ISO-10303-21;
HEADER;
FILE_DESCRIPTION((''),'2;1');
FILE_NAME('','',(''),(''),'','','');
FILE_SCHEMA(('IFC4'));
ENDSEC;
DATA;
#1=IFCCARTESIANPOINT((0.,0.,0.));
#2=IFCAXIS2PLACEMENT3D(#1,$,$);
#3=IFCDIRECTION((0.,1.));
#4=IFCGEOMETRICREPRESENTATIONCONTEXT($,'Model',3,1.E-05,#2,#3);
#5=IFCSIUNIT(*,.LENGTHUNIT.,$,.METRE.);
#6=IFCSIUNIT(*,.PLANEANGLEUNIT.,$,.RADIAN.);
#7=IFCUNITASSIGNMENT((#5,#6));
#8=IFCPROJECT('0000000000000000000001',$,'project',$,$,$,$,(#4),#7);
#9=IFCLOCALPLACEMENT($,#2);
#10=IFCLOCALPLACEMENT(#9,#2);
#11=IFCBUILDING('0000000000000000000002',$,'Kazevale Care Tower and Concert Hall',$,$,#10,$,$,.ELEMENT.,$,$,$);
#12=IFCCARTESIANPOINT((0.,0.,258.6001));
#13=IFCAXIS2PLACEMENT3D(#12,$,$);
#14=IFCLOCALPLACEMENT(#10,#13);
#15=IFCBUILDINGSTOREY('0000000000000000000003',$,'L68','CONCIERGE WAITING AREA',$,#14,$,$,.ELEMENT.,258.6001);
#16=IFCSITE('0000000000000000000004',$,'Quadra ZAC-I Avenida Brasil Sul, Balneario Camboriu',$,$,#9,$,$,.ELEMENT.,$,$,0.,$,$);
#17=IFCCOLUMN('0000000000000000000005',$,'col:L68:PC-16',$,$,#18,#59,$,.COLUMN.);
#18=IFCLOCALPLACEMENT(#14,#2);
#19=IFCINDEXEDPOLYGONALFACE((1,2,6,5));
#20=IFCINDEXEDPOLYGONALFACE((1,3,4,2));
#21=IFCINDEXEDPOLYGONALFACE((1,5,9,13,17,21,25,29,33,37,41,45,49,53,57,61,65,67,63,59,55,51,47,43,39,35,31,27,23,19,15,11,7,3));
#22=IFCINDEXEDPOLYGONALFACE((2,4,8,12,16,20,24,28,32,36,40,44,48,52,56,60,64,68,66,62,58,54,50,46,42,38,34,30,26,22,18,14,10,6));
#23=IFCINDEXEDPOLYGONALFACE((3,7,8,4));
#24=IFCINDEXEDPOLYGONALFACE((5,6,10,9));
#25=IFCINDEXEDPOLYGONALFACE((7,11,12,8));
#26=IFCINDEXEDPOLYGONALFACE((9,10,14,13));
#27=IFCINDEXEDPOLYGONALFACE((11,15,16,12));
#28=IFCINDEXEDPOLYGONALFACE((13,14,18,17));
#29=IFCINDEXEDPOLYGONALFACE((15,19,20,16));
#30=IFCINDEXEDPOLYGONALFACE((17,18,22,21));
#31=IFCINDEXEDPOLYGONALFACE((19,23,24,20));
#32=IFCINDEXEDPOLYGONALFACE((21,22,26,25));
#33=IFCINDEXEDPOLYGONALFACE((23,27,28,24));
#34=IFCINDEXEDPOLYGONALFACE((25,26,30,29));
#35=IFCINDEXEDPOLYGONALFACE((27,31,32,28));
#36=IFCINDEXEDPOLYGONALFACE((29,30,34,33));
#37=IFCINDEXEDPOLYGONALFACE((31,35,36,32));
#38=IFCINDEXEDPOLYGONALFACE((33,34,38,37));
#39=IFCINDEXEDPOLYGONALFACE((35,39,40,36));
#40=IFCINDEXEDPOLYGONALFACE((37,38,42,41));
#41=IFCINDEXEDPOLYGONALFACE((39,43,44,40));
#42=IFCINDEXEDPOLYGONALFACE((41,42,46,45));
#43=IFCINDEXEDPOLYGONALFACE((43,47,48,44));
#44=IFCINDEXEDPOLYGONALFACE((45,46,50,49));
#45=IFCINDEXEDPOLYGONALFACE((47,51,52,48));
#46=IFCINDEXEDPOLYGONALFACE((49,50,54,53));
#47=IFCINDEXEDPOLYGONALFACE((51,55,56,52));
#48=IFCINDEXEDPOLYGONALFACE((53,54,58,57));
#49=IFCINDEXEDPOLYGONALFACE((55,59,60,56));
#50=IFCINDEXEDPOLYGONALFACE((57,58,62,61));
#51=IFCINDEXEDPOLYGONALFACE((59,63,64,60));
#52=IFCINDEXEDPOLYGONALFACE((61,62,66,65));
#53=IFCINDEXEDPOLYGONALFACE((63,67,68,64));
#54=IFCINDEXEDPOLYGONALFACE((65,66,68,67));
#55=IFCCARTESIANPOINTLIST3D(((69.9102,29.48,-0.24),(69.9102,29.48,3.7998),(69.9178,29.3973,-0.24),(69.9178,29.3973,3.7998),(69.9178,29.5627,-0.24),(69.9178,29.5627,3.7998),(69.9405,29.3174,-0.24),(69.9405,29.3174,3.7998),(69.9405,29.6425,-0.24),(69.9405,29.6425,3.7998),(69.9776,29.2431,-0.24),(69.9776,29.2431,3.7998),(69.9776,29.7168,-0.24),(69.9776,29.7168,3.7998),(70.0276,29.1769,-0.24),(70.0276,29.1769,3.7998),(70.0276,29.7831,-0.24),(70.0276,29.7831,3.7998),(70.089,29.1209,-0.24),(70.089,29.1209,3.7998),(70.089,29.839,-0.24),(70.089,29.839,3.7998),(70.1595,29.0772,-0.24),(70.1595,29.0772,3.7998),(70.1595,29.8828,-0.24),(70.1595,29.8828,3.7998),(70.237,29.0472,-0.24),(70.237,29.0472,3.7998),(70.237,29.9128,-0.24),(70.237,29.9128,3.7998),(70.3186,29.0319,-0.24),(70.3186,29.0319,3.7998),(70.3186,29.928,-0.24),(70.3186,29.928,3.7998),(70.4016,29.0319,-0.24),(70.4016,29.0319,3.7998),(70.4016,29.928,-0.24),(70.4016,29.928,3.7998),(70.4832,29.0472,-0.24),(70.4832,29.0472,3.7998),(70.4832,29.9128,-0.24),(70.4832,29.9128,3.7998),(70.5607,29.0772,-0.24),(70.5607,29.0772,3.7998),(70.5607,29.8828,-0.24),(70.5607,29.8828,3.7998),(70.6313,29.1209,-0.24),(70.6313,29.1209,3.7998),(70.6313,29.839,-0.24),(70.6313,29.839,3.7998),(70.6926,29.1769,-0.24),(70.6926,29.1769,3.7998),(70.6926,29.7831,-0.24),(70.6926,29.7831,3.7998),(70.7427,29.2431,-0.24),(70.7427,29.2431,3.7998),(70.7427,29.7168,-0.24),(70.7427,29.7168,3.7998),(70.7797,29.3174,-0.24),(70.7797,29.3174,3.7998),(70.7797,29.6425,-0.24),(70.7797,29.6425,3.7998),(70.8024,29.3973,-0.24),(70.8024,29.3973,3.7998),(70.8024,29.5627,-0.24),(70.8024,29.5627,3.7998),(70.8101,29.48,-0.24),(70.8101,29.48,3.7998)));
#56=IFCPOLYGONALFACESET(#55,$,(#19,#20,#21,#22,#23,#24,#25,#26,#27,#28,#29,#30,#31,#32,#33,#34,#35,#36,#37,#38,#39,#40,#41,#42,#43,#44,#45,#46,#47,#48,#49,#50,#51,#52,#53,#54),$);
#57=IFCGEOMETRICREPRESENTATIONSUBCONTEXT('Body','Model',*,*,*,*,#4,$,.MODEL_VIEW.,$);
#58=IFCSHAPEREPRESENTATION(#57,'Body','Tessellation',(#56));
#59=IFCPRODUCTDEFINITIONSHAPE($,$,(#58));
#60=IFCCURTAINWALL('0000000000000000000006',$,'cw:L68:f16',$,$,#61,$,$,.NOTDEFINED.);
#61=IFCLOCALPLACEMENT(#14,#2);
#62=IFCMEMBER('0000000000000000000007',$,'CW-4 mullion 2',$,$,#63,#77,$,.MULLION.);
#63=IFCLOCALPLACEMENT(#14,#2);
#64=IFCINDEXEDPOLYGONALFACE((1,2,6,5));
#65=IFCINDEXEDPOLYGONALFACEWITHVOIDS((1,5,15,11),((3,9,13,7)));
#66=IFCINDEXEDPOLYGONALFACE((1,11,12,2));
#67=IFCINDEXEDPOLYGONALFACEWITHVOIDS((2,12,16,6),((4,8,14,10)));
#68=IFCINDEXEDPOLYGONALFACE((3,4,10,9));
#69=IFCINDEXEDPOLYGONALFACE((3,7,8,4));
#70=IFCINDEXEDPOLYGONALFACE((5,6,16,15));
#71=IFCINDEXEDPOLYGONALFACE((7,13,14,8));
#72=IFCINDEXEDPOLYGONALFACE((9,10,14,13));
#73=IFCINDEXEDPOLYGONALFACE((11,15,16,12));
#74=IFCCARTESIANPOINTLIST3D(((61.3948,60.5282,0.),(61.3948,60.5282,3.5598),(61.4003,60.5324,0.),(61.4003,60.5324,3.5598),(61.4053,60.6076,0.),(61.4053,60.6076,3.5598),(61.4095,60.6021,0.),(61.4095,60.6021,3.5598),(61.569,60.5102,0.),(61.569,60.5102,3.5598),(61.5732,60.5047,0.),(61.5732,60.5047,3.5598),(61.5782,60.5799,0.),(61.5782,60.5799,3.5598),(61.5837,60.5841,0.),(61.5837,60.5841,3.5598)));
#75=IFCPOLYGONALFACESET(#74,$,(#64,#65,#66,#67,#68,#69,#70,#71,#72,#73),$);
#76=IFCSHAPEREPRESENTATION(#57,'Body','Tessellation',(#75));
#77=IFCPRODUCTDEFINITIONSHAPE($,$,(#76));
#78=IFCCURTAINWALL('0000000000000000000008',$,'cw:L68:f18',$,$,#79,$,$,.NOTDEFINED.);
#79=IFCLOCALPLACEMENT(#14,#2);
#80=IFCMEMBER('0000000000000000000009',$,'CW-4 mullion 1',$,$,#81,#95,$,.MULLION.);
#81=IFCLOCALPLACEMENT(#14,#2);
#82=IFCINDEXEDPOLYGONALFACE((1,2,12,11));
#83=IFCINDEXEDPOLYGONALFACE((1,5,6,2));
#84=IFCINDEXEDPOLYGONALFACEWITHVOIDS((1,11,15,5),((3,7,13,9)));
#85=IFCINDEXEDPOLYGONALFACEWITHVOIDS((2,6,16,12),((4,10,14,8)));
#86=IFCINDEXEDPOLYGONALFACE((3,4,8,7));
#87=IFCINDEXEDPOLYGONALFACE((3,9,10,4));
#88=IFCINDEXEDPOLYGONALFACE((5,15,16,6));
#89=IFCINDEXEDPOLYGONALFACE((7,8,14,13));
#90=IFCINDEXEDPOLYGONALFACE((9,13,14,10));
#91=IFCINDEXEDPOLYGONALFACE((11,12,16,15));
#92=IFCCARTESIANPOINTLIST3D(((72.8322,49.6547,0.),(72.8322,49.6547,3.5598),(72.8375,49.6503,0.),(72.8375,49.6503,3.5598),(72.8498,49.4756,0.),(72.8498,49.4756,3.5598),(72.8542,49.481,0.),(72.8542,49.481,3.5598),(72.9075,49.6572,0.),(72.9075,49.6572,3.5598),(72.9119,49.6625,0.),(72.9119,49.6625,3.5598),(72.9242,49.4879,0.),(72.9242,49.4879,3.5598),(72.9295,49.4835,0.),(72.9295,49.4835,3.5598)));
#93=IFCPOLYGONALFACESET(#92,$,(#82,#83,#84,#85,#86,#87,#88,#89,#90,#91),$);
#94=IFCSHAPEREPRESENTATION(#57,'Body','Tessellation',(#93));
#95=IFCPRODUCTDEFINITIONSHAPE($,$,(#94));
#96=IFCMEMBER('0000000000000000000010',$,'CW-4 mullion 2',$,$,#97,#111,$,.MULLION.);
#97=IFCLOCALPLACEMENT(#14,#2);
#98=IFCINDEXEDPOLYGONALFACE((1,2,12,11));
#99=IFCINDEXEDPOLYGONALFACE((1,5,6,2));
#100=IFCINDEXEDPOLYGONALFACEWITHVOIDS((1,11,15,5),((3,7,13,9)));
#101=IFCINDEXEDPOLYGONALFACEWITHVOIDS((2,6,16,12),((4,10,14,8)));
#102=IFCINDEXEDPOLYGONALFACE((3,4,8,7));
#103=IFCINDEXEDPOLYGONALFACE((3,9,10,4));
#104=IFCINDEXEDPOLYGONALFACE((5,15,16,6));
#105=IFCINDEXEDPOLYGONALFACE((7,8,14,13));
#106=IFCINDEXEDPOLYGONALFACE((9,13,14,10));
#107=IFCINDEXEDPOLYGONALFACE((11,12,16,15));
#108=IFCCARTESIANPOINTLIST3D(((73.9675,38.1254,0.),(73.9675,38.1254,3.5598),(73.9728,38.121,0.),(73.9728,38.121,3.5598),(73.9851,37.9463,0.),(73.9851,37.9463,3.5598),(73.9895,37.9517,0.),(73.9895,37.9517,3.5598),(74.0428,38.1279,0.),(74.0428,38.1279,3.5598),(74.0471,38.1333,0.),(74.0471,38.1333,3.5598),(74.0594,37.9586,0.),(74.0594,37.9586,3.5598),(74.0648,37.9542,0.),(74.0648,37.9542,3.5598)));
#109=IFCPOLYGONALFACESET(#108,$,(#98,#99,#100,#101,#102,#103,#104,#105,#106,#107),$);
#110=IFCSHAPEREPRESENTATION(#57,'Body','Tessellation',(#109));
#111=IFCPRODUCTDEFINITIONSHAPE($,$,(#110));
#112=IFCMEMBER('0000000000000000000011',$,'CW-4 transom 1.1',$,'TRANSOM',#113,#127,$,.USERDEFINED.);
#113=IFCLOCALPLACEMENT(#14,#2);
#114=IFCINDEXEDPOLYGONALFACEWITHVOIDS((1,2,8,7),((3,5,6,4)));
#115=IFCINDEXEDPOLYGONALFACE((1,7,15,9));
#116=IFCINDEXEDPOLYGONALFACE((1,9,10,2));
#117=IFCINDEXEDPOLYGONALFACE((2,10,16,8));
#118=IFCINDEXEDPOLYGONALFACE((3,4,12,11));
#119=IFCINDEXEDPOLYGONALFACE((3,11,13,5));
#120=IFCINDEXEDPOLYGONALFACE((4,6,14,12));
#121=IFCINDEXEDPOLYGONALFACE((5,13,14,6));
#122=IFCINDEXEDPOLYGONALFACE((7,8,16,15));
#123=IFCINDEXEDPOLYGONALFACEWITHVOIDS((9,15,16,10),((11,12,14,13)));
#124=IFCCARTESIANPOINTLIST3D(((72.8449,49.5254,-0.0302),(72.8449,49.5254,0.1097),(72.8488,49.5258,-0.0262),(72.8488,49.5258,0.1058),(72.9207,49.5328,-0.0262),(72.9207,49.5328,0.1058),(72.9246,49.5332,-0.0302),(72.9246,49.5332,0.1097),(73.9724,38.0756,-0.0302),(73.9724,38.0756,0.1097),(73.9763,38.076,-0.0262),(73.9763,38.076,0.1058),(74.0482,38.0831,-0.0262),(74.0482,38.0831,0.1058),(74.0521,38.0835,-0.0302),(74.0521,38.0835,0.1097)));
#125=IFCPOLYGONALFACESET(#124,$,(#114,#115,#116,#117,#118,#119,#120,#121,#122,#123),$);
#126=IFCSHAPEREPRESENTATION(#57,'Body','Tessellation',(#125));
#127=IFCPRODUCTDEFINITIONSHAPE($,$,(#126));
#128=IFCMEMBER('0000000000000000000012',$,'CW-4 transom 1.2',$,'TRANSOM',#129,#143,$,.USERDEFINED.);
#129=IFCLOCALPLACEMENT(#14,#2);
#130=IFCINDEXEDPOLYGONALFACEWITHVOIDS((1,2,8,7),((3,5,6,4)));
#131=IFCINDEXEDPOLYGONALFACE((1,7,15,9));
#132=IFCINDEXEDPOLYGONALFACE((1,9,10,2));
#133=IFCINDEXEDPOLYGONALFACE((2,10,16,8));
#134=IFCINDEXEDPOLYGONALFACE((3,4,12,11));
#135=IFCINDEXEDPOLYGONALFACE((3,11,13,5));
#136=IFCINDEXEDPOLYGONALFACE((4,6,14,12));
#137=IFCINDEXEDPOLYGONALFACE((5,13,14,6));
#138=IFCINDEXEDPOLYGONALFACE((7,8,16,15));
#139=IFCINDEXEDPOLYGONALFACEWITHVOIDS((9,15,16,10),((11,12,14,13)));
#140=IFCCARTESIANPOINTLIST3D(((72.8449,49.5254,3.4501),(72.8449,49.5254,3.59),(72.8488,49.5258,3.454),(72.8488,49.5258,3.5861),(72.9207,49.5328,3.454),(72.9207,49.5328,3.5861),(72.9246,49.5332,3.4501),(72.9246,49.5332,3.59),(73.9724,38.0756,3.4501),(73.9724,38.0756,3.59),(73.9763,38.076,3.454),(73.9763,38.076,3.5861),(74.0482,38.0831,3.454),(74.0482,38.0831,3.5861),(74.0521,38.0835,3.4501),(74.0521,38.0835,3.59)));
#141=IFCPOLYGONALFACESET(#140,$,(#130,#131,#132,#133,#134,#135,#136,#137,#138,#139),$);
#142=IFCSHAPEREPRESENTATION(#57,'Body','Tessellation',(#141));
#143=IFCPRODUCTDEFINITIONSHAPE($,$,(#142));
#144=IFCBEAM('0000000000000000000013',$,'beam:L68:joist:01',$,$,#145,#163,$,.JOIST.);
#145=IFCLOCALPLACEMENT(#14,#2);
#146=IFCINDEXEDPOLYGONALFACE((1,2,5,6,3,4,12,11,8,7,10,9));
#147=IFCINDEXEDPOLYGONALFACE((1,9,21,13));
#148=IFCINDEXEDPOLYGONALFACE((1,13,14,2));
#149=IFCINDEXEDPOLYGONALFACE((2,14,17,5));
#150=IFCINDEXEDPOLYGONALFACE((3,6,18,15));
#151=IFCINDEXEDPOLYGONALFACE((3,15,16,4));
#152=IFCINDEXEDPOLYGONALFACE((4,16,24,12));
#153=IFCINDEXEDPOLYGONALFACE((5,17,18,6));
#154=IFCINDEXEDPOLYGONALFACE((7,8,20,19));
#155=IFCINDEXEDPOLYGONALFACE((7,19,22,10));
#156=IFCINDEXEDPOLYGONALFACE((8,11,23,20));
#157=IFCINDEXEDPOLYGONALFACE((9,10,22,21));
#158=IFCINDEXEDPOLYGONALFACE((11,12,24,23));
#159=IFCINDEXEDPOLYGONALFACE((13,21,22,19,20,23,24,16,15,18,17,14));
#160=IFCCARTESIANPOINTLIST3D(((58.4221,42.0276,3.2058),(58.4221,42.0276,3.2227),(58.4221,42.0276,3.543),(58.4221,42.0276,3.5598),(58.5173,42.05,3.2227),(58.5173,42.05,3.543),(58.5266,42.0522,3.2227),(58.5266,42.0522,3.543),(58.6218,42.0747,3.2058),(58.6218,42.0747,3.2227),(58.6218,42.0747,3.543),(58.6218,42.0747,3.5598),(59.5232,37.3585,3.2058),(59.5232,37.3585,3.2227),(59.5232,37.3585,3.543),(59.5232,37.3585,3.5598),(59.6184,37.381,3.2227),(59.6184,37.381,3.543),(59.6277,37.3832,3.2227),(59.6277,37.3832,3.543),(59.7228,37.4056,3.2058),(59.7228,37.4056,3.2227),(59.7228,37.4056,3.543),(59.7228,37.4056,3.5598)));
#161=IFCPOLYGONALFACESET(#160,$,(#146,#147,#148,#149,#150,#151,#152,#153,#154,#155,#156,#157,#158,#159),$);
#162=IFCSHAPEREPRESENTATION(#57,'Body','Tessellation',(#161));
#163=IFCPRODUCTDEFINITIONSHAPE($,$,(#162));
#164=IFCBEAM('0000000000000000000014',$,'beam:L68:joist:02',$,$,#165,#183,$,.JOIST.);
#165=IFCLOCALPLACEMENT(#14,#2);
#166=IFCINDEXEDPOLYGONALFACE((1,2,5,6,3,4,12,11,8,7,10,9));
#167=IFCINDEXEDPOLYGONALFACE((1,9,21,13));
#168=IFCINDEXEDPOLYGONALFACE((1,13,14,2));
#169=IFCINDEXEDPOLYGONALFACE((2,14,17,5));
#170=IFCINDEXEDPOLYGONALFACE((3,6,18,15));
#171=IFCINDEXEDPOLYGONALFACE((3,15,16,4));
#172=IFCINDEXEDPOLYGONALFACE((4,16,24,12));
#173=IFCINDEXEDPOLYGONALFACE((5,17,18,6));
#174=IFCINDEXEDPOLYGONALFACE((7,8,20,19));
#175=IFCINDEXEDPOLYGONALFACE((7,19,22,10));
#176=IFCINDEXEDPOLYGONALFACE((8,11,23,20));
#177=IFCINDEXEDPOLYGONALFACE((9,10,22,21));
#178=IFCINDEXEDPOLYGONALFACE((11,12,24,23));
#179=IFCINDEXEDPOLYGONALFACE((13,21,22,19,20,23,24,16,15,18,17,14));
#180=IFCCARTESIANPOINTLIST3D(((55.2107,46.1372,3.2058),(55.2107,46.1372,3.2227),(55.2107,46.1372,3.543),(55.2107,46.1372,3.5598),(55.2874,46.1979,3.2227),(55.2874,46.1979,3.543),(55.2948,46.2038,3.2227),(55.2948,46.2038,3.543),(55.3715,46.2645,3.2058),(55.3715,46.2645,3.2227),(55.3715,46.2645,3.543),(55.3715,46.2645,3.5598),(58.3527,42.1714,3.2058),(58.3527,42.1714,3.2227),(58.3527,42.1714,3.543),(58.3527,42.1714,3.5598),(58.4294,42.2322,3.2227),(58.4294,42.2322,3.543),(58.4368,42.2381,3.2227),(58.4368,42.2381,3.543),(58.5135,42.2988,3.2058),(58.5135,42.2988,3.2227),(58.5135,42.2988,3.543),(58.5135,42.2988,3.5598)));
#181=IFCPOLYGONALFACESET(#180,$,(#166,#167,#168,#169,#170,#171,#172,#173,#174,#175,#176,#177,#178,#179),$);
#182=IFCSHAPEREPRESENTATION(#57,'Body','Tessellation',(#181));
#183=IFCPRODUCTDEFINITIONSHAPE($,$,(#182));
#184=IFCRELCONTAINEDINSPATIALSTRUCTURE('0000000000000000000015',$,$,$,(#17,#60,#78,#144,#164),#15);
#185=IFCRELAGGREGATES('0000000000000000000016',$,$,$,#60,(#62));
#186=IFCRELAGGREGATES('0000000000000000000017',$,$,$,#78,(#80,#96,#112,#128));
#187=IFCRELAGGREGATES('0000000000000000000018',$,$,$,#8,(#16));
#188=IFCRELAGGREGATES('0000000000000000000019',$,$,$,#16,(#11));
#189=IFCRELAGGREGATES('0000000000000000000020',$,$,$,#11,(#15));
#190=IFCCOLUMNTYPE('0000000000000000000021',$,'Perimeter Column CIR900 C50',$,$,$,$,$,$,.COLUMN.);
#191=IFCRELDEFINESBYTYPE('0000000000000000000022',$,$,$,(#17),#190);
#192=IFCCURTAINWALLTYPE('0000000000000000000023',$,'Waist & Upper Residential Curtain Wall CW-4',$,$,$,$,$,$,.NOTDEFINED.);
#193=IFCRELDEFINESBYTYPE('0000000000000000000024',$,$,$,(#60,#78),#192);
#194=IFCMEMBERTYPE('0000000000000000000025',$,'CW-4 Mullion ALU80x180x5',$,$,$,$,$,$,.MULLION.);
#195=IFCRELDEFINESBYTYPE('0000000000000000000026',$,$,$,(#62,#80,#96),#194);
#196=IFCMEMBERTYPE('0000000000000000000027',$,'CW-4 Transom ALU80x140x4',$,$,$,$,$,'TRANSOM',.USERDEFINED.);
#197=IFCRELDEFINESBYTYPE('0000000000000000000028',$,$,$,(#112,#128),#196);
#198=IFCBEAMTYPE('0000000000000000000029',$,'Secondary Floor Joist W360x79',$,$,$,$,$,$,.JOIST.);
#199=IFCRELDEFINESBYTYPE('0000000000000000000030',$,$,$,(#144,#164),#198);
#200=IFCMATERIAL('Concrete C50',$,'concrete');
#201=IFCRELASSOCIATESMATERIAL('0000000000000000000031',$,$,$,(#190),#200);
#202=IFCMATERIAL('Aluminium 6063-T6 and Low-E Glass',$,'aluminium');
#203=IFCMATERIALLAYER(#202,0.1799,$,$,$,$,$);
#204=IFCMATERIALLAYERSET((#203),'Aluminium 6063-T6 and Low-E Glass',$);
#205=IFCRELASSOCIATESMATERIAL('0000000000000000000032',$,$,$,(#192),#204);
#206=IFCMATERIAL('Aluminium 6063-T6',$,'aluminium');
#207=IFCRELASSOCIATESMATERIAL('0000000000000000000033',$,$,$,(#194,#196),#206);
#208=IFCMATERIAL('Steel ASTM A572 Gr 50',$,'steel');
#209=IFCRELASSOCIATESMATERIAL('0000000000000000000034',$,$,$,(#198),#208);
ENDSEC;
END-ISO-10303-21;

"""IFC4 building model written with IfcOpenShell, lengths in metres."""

from ifc_helpers import new_model, si_unit, direction, frame, origin, origin_2d, place, context, subcontext, project, spatial, hollow_rectangle, circle, i_section, extrude, material, layer, layer_set, material_profile, profile_set, type_object, element, aggregate, save


model = new_model("IFC4")

# Units and contexts
model_context = context("Model", 3, precision=1e-05, world=origin(), true_north=direction((0.0, 1.0)))
body_context = subcontext(model_context, "Body", "Model", "MODEL_VIEW")
ifc_project = project(units=[si_unit("LENGTHUNIT", "METRE"), si_unit("PLANEANGLEUNIT", "RADIAN")], contexts=[model_context])

# Site, building, storey
site_placement = place(None, origin())
site = spatial("IfcSite", under=ifc_project, at=site_placement, Name="Quadra ZAC-I Avenida Brasil Sul, Balneario Camboriu", CompositionType="ELEMENT", RefElevation=0.0)
building_placement = place(site_placement, origin())
building = spatial("IfcBuilding", under=site, at=building_placement, Name="Kazevale Care Tower and Concert Hall", CompositionType="ELEMENT")
storey_placement = place(building_placement, frame((0.0, 0.0, 258.6001)))
storey = spatial("IfcBuildingStorey", under=building, at=storey_placement, Name="L68", Description="CONCIERGE WAITING AREA", CompositionType="ELEMENT", Elevation=258.6001)

# Column
ifc_material_1 = material(Name="Concrete C50", Category="concrete")
ifc_material_profile_1 = material_profile(ifc_material_1, circle(Radius=0.45, at=origin_2d()), Name="RC-CIR900")
ifc_profile_set_1 = profile_set([ifc_material_profile_1], Name="Concrete C50")
column_type = type_object("IfcColumnType", Name="Perimeter Column CIR900 C50", PredefinedType="COLUMN", material=ifc_profile_set_1)
for number, where, z_axis, x_axis, name in (
    (1, (70.3601, 29.48, -0.24), (0.0, 0.0, 1.0), (1.0, 0.0, 0.0), "col:L68:PC-16"),
):
    element("IfcColumn", number, at=place(storey_placement, frame(where, z_axis=z_axis, x_axis=x_axis)), inside=storey, type_object=column_type, Name=name, PredefinedType="COLUMN", context=body_context, shape_type="SweptSolid", body=[
        extrude(circle(Radius=0.45, at=origin_2d()), origin(), (0.0, 0.0, 1.0), 4.0398),
    ])

# Curtain wall, member
ifc_material_2 = material(Name="Aluminium 6063-T6 and Low-E Glass", Category="aluminium")
ifc_layer_1 = layer(ifc_material_2, 0.1799)
ifc_layer_set_1 = layer_set([ifc_layer_1], Name="Aluminium 6063-T6 and Low-E Glass")
curtain_wall_type = type_object("IfcCurtainWallType", Name="Waist & Upper Residential Curtain Wall CW-4", PredefinedType="NOTDEFINED", material=ifc_layer_set_1)
curtain_wall_1_placement = place(storey_placement, origin())
curtain_wall_1 = element("IfcCurtainWall", 2, at=curtain_wall_1_placement, inside=storey, type_object=curtain_wall_type, Name="cw:L68:f16", PredefinedType="NOTDEFINED")
ifc_material_3 = material(Name="Aluminium 6063-T6", Category="aluminium")
ifc_material_profile_2 = material_profile(ifc_material_3, hollow_rectangle(XDim=0.0801, YDim=0.1799, WallThickness=0.0049, at=origin_2d()), Name="ALU80x180x5")
ifc_profile_set_2 = profile_set([ifc_material_profile_2], Name="Aluminium 6063-T6")
member_type_1 = type_object("IfcMemberType", Name="CW-4 Mullion ALU80x180x5", PredefinedType="MULLION", material=ifc_profile_set_2)
member_1_placement = place(storey_placement, frame((61.4893, 60.5562, 0.0), z_axis=(0.0, 0.0, 1.0), x_axis=(0.130591, 0.991436, 0.0)))
member_1 = element("IfcMember", 3, at=member_1_placement, type_object=member_type_1, Name="CW-4 mullion 2", PredefinedType="MULLION", context=body_context, shape_type="SweptSolid", body=[
    extrude(hollow_rectangle(XDim=0.0801, YDim=0.1799, WallThickness=0.0049, at=origin_2d()), origin(), (0.0, 0.0, 1.0), 3.5598),
])

# Curtain wall, members
curtain_wall_2_placement = place(storey_placement, origin())
curtain_wall_2 = element("IfcCurtainWall", 4, at=curtain_wall_2_placement, inside=storey, type_object=curtain_wall_type, Name="cw:L68:f18", PredefinedType="NOTDEFINED")
member_2_placement = place(storey_placement, frame((72.8809, 49.5691, 0.0), z_axis=(0.0, 0.0, 1.0), x_axis=(0.995188, 0.097984, 0.0)))
member_2 = element("IfcMember", 5, at=member_2_placement, type_object=member_type_1, Name="CW-4 mullion 1", PredefinedType="MULLION", context=body_context, shape_type="SweptSolid", body=[
    extrude(hollow_rectangle(XDim=0.0801, YDim=0.1799, WallThickness=0.0049, at=origin_2d()), origin(), (0.0, 0.0, 1.0), 3.5598),
])
member_3_placement = place(storey_placement, frame((74.0161, 38.0398, 0.0), z_axis=(0.0, 0.0, 1.0), x_axis=(0.995188, 0.097984, 0.0)))
member_3 = element("IfcMember", 6, at=member_3_placement, type_object=member_type_1, Name="CW-4 mullion 2", PredefinedType="MULLION", context=body_context, shape_type="SweptSolid", body=[
    extrude(hollow_rectangle(XDim=0.0801, YDim=0.1799, WallThickness=0.0049, at=origin_2d()), origin(), (0.0, 0.0, 1.0), 3.5598),
])
ifc_material_profile_3 = material_profile(ifc_material_3, hollow_rectangle(XDim=0.0801, YDim=0.1399, WallThickness=0.0039, at=origin_2d()), Name="ALU80x140x4")
ifc_profile_set_3 = profile_set([ifc_material_profile_3], Name="Aluminium 6063-T6")
member_type_2 = type_object("IfcMemberType", Name="CW-4 Transom ALU80x140x4", ElementType="TRANSOM", PredefinedType="USERDEFINED", material=ifc_profile_set_3)
member_4_placement = place(storey_placement, frame((72.8848, 49.5293, 0.0398), z_axis=(0.097995, -0.995187, 0.0), x_axis=(0.995187, 0.097995, 0.0)))
member_4 = element("IfcMember", 7, at=member_4_placement, type_object=member_type_2, Name="CW-4 transom 1.1", ObjectType="TRANSOM", PredefinedType="USERDEFINED", context=body_context, shape_type="SweptSolid", body=[
    extrude(hollow_rectangle(XDim=0.0801, YDim=0.1399, WallThickness=0.0039, at=origin_2d()), origin(), (0.0, 0.0, 1.0), 11.5051),
])
member_5_placement = place(storey_placement, frame((72.8848, 49.5293, 3.52), z_axis=(0.097995, -0.995187, 0.0), x_axis=(0.995187, 0.097995, 0.0)))
member_5 = element("IfcMember", 8, at=member_5_placement, type_object=member_type_2, Name="CW-4 transom 1.2", ObjectType="TRANSOM", PredefinedType="USERDEFINED", context=body_context, shape_type="SweptSolid", body=[
    extrude(hollow_rectangle(XDim=0.0801, YDim=0.1399, WallThickness=0.0039, at=origin_2d()), origin(), (0.0, 0.0, 1.0), 11.5051),
])

# Beams
ifc_material_4 = material(Name="Steel ASTM A572 Gr 50", Category="steel")
ifc_material_profile_4 = material_profile(ifc_material_4, i_section(OverallWidth=0.2051, OverallDepth=0.354, WebThickness=0.0095, FlangeThickness=0.0168, at=origin_2d()), Name="W360x79")
ifc_profile_set_4 = profile_set([ifc_material_profile_4], Name="Steel ASTM A572 Gr 50")
beam_type_1 = type_object("IfcBeamType", Name="Secondary Floor Joist W360x79", PredefinedType="JOIST", material=ifc_profile_set_4)
beam_1_placement = place(storey_placement, frame((59.623, 37.3821, 3.3828), z_axis=(-0.229533, 0.973301, 0.0), x_axis=(-0.973301, -0.229533, 0.0)))
element("IfcBeam", 9, at=beam_1_placement, inside=storey, type_object=beam_type_1, Name="beam:L68:joist:01", PredefinedType="JOIST", context=body_context, shape_type="SweptSolid", body=[
    extrude(i_section(OverallWidth=0.2051, OverallDepth=0.354, WebThickness=0.0095, FlangeThickness=0.0168, at=origin_2d()), origin(), (0.0, 0.0, 1.0), 4.7971),
])
beam_2_placement = place(storey_placement, frame((58.4331, 42.2351, 3.3828), z_axis=(-0.621004, 0.783807, 0.0), x_axis=(-0.783807, -0.621004, 0.0)))
element("IfcBeam", 10, at=beam_2_placement, inside=storey, type_object=beam_type_1, Name="beam:L68:joist:02", PredefinedType="JOIST", context=body_context, shape_type="SweptSolid", body=[
    extrude(i_section(OverallWidth=0.2051, OverallDepth=0.354, WebThickness=0.0095, FlangeThickness=0.0168, at=origin_2d()), origin(), (0.0, 0.0, 1.0), 5.0596),
])

aggregate(curtain_wall_1, [member_1])
aggregate(curtain_wall_2, [member_2, member_3, member_4, member_5])

save(model, "model.ifc")
